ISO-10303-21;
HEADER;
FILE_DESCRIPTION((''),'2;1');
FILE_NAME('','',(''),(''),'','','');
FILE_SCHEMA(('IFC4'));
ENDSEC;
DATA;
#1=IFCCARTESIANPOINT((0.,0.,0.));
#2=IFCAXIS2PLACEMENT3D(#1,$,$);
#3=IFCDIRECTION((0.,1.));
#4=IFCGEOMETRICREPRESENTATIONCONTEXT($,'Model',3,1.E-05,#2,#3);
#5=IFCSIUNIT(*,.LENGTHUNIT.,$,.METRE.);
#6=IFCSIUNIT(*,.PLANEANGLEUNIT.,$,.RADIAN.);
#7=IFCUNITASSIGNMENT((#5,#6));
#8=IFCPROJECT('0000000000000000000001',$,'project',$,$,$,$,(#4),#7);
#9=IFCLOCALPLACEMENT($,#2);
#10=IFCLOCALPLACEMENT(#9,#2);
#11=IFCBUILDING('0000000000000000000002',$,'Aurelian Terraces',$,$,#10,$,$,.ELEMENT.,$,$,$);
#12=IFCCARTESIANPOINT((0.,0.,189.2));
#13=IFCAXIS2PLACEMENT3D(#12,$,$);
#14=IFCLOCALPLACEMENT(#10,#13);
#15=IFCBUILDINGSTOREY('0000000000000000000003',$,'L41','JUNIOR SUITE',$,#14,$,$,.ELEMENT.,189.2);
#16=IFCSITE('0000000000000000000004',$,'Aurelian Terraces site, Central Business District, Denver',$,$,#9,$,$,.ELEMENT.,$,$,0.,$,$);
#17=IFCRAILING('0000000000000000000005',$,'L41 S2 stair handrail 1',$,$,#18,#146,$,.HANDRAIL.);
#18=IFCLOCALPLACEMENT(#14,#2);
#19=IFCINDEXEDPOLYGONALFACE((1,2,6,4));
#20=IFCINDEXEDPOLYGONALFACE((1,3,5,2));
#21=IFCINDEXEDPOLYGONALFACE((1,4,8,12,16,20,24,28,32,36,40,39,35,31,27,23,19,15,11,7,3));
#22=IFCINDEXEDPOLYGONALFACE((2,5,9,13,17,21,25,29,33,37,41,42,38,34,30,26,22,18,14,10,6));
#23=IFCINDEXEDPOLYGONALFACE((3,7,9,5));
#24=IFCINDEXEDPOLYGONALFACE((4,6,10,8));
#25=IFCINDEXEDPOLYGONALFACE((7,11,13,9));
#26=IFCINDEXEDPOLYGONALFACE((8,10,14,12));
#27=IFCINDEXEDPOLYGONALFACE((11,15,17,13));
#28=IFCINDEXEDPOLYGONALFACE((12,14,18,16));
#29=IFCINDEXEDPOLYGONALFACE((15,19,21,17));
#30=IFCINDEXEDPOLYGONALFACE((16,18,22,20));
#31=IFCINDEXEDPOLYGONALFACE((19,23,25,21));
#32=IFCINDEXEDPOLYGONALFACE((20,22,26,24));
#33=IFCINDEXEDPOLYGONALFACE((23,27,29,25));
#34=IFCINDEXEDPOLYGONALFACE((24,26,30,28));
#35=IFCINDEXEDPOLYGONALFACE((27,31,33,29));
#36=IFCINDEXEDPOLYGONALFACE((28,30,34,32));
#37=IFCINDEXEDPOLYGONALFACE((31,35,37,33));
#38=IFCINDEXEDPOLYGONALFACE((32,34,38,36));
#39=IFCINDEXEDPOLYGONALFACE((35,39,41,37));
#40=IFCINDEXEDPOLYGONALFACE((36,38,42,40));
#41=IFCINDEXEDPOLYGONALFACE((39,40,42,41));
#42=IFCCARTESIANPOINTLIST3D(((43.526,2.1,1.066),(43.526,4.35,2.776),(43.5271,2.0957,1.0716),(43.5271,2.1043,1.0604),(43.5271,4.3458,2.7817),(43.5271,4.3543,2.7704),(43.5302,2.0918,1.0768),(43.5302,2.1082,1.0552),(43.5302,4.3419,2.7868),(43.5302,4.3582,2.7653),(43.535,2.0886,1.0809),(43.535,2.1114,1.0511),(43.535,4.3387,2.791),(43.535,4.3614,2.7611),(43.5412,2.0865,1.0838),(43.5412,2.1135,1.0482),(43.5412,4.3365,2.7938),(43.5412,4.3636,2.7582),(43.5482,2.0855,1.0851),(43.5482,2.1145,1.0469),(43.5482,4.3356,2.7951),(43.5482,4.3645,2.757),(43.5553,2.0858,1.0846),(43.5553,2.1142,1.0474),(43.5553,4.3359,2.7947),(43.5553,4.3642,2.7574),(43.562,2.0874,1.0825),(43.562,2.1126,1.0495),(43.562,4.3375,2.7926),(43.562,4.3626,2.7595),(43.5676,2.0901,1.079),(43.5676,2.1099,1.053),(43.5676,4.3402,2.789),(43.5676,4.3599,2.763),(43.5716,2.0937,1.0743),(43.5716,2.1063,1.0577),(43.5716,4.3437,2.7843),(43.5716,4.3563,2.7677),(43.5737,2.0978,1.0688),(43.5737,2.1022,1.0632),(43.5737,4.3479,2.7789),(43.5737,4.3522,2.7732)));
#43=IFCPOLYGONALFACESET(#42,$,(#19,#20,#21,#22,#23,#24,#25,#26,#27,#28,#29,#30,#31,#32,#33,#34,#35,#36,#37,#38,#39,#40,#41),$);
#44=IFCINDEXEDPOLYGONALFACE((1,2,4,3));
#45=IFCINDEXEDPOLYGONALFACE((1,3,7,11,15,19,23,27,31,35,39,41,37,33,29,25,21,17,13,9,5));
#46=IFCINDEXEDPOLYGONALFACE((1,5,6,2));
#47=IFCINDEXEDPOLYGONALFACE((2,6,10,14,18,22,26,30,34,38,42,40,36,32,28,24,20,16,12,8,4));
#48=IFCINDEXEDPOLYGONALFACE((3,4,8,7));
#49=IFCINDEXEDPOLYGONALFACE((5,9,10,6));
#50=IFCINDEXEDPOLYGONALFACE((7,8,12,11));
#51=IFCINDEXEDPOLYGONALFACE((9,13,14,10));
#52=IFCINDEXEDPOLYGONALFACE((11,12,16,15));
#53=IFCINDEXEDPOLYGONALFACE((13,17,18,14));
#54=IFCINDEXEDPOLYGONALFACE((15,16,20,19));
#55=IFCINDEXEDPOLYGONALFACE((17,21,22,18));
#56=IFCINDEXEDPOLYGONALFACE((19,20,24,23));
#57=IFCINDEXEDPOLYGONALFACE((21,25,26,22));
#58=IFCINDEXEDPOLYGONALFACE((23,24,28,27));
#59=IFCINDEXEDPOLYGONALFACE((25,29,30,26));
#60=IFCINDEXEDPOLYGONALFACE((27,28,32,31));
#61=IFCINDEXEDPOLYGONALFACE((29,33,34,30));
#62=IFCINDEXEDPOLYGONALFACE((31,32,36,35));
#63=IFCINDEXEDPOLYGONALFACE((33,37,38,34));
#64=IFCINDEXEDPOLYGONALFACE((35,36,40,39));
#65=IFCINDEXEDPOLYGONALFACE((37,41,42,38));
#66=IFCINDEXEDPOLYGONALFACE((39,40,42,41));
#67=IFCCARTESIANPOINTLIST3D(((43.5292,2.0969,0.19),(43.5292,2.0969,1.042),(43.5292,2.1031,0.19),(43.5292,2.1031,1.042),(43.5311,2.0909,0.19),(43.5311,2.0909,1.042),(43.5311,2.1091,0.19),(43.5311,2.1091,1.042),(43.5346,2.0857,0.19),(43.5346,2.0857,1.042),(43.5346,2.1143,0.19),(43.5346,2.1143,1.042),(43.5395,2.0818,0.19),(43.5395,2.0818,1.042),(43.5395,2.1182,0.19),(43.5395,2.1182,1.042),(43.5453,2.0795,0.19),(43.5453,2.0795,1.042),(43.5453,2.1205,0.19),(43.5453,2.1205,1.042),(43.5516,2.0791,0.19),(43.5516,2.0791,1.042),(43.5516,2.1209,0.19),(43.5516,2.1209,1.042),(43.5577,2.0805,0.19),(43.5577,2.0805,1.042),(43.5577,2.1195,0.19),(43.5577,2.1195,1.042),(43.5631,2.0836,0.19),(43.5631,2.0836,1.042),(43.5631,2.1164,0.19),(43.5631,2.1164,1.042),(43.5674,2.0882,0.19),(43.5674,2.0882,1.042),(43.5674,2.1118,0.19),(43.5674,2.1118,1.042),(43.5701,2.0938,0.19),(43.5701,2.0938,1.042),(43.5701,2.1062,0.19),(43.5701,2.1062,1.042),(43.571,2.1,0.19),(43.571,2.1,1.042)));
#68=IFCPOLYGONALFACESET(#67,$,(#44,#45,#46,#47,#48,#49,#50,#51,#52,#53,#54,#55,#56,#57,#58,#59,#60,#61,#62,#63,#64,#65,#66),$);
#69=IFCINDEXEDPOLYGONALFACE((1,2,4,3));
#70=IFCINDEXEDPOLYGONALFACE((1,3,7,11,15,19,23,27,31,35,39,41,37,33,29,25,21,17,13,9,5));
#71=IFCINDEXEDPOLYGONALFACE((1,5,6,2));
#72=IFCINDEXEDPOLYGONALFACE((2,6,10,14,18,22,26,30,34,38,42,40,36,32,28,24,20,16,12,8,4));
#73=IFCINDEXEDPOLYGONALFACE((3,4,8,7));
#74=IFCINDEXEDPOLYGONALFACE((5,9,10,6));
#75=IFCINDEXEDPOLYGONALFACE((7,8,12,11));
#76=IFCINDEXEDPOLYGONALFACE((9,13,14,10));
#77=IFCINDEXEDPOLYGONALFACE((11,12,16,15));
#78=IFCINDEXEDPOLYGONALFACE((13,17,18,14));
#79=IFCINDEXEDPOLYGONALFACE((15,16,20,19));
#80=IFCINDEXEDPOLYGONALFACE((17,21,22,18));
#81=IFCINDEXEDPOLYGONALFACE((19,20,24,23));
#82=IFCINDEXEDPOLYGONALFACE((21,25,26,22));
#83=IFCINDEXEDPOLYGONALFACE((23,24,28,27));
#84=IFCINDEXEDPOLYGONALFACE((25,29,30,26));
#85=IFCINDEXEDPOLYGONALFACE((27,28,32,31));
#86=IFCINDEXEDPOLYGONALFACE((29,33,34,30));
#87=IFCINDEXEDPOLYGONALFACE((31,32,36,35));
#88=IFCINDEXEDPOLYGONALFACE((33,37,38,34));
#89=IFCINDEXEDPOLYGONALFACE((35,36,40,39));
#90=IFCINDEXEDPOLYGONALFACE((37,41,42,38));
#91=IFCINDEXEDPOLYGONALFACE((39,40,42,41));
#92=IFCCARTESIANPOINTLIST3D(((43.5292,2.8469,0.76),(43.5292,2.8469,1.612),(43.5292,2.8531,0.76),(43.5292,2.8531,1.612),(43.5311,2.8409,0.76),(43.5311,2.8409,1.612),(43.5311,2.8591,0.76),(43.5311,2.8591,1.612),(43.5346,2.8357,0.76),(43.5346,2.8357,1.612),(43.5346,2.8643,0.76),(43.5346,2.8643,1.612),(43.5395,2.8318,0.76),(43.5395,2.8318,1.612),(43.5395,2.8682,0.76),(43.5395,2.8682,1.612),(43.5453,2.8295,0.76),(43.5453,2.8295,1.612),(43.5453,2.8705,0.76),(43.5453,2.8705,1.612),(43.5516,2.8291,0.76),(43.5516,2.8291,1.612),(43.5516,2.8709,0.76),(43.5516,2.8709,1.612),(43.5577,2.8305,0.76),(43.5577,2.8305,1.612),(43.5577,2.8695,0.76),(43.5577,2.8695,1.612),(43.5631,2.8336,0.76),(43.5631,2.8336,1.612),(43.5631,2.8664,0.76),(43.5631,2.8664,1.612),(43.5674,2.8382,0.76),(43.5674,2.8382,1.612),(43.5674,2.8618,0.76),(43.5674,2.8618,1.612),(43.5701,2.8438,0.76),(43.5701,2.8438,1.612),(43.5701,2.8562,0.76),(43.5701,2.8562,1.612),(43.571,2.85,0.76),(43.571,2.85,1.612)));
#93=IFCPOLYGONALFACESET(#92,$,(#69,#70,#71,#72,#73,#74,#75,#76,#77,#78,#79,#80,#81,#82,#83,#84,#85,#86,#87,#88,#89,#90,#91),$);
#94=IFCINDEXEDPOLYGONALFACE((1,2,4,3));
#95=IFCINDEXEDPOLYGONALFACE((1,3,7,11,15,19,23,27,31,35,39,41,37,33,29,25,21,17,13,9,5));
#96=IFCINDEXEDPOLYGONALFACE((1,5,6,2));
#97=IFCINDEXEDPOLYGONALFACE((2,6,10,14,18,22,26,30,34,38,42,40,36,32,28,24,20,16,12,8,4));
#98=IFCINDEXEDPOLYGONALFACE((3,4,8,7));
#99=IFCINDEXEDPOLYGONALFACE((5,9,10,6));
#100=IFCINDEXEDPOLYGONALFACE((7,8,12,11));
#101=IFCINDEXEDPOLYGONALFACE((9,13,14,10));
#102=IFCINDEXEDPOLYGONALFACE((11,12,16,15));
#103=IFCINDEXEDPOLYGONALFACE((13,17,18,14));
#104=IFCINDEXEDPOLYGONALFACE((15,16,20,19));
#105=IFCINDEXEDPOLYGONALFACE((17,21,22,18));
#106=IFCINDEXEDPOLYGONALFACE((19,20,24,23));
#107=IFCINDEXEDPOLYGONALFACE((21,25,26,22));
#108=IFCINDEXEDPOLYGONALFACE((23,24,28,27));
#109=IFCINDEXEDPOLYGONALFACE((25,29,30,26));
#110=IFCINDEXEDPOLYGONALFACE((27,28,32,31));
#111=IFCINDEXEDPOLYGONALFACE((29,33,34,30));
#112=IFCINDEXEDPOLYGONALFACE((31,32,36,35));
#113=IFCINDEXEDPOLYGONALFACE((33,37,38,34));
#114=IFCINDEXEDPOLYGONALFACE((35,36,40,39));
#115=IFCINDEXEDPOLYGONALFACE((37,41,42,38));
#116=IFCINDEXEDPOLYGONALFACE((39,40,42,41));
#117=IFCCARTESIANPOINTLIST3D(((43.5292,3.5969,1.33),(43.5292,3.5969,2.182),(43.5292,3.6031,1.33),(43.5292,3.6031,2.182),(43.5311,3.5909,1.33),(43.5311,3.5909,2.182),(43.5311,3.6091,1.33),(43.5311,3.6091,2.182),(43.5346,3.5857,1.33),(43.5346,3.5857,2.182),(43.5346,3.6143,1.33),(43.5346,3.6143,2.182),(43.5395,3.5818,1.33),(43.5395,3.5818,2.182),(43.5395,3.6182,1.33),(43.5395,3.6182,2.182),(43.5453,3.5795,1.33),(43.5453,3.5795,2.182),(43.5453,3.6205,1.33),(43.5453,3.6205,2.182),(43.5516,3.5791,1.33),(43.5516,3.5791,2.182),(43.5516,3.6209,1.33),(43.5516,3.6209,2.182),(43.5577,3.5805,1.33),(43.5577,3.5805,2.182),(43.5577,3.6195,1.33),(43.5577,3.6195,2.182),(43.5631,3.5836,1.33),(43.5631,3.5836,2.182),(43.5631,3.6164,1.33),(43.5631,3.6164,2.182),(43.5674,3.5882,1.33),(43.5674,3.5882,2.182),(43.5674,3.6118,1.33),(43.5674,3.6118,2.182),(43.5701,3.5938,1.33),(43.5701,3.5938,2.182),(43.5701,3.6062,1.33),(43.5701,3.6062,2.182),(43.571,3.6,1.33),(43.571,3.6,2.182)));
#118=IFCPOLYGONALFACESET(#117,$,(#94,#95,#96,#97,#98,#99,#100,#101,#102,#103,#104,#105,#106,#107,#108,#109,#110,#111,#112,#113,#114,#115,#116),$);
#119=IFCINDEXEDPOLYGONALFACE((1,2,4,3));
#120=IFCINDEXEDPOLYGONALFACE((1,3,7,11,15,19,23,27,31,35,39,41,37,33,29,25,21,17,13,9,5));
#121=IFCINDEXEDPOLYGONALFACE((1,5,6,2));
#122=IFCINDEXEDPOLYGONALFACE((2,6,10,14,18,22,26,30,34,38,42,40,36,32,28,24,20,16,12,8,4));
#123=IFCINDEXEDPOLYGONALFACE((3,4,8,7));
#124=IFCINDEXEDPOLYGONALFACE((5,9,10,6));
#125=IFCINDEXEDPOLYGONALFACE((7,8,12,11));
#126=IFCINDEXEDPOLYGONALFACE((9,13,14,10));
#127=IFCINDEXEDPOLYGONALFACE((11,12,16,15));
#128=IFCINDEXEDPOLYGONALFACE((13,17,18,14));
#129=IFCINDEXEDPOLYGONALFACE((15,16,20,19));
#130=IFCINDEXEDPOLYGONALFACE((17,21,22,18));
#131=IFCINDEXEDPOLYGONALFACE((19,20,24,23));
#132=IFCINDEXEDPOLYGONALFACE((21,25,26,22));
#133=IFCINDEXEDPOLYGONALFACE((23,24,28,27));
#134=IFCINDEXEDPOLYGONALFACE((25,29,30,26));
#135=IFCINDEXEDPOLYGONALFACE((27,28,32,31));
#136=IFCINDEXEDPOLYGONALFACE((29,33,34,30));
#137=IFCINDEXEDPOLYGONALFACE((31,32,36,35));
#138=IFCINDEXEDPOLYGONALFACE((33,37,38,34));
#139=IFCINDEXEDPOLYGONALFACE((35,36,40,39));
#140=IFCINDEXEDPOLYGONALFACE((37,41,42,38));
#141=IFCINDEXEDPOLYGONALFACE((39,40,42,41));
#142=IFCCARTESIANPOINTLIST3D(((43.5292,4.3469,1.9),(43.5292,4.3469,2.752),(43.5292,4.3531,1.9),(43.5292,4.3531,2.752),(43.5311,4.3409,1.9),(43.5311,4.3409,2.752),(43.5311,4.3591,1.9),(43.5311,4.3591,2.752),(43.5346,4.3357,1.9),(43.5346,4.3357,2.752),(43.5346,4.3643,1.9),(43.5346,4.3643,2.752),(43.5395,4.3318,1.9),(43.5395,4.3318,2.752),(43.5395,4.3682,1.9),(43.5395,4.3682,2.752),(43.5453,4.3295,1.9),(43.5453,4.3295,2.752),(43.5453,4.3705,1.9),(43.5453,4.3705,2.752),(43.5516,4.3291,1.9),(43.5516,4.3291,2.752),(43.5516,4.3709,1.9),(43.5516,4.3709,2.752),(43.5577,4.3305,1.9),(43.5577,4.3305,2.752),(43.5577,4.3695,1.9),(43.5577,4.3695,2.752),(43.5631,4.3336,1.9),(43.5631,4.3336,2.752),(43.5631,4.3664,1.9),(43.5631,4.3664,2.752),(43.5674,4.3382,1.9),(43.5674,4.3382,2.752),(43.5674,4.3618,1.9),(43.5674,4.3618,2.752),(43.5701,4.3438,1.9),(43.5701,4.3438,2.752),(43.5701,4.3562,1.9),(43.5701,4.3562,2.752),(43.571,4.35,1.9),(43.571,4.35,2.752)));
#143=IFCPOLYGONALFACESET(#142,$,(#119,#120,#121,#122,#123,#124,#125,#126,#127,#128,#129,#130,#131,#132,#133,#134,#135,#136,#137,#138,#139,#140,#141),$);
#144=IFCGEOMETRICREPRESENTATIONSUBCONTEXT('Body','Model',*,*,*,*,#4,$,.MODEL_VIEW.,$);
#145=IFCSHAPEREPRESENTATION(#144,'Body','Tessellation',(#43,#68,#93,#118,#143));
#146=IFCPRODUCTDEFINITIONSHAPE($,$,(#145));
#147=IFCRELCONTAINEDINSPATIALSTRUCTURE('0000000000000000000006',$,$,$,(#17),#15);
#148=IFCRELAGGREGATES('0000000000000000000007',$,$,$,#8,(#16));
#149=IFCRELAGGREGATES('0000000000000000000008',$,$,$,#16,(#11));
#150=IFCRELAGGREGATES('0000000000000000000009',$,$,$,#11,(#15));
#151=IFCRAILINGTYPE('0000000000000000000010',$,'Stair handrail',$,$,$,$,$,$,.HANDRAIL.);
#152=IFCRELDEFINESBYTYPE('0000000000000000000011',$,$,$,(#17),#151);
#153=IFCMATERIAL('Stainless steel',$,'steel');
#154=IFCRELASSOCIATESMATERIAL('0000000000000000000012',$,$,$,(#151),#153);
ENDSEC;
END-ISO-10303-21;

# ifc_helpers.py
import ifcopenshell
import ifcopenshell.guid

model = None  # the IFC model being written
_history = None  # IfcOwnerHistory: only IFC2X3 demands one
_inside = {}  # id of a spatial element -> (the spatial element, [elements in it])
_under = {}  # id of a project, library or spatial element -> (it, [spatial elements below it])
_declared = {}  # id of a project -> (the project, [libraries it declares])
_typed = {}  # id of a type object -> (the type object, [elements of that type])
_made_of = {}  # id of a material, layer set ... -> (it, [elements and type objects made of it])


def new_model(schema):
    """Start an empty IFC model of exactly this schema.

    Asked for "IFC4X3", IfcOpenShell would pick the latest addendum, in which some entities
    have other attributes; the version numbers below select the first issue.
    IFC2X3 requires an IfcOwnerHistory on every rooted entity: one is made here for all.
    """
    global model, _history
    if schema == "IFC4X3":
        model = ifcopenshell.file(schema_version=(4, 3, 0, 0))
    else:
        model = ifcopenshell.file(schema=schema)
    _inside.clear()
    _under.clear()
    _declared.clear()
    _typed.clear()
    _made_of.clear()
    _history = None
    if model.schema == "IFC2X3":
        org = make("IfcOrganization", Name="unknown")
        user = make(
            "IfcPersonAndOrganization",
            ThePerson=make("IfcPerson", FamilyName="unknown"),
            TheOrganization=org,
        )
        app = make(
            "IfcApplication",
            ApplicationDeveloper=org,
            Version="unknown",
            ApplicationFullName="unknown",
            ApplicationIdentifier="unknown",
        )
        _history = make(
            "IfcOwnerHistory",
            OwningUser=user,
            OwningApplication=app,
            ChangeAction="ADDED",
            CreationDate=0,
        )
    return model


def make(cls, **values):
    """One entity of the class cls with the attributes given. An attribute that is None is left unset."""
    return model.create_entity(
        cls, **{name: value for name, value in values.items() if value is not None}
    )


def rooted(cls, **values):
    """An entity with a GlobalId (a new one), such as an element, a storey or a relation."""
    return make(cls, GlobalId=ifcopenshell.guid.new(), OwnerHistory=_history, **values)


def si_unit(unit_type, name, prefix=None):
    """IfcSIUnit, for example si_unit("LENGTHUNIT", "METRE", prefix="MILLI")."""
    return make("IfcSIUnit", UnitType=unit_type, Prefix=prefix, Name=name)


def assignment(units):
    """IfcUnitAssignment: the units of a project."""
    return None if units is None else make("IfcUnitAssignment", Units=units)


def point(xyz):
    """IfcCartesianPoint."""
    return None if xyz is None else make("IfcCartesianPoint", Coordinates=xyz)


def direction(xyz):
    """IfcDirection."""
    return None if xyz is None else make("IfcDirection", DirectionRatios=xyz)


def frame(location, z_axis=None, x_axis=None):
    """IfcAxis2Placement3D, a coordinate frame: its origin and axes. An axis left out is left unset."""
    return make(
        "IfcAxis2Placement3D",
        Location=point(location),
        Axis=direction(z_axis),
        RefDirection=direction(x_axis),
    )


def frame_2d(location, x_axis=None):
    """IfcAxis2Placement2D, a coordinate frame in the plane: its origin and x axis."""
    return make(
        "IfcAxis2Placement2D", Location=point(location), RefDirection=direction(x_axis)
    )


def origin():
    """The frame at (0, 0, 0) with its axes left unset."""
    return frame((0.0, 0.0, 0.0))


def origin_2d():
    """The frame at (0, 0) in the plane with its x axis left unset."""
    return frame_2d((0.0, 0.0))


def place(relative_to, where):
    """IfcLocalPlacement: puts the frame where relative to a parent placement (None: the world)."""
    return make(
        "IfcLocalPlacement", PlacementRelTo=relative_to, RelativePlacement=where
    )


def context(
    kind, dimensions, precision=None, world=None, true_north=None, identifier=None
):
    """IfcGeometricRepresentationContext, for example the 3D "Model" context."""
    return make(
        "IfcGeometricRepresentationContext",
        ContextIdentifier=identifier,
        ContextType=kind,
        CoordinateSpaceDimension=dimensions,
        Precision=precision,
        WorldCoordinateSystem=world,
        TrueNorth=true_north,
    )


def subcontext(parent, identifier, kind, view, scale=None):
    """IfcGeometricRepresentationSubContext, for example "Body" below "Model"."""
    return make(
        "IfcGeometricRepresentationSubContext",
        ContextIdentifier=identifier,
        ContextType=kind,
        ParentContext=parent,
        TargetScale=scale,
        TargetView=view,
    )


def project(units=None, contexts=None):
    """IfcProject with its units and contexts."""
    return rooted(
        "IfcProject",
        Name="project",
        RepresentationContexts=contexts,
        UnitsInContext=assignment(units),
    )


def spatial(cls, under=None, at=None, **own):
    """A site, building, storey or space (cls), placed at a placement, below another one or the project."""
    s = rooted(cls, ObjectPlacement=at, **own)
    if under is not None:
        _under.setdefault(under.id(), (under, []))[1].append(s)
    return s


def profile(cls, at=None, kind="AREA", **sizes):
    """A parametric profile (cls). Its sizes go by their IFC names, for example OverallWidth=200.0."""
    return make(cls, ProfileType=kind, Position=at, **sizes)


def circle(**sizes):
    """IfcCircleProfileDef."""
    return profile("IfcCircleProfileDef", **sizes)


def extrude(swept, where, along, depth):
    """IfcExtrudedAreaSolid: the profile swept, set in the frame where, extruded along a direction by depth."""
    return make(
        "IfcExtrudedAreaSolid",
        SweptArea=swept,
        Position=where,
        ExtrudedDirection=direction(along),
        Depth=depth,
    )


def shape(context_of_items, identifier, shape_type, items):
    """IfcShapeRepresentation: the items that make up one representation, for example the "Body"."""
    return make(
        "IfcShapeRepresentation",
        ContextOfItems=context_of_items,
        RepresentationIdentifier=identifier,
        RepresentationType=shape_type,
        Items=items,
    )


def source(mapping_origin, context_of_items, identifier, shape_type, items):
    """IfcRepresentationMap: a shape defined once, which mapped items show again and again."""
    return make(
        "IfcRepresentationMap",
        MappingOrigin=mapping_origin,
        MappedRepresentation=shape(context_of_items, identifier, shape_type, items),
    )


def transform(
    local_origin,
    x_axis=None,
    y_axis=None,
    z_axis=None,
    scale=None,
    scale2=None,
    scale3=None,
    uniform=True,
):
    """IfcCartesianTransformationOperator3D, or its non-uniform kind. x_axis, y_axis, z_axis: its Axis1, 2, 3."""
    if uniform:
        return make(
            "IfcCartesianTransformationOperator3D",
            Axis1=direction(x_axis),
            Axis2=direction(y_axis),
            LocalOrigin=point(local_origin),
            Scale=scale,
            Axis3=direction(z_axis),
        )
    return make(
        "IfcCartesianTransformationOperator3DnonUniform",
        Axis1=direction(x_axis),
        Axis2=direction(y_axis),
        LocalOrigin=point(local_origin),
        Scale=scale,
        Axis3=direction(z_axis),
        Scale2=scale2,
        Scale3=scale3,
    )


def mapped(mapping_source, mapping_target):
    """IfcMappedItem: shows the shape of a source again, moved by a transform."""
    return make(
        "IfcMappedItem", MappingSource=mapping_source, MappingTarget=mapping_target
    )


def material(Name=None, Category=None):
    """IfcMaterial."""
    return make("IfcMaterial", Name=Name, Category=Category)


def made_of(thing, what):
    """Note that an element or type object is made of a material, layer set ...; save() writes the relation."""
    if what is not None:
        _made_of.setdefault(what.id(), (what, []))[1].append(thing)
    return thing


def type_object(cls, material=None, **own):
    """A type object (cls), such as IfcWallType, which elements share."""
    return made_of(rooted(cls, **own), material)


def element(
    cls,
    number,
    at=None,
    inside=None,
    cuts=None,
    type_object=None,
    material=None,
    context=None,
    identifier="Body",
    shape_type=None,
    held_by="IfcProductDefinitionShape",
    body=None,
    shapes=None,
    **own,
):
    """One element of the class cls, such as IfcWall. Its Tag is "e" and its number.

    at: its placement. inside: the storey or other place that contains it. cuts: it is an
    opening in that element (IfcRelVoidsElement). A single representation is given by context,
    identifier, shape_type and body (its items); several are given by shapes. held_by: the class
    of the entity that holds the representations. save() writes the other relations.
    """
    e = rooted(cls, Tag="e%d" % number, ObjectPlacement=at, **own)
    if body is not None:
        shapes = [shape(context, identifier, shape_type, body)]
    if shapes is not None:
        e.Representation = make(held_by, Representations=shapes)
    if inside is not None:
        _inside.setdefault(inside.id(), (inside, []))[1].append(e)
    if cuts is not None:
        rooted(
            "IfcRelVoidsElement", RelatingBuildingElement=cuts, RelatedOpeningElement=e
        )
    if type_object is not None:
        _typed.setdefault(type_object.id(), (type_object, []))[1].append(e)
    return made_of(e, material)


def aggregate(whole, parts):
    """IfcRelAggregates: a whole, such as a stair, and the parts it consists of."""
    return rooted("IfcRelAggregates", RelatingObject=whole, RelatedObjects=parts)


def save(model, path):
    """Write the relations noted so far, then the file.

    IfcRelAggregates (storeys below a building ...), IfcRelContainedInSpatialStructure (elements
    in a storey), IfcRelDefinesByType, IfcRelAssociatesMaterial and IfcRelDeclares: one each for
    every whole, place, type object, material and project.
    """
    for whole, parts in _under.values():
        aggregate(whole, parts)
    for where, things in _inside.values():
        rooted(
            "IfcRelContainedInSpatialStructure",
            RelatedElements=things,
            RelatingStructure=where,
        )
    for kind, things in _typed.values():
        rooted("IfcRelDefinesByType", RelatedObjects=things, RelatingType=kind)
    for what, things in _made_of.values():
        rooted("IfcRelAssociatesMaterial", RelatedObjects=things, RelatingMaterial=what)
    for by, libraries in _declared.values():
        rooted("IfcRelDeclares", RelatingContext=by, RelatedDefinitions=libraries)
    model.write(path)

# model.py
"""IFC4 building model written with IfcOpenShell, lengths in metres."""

from ifc_helpers import new_model, si_unit, direction, frame, origin, origin_2d, place, context, subcontext, project, spatial, circle, extrude, source, transform, mapped, material, type_object, element, save


model = new_model("IFC4")

# Units and contexts
model_context = context("Model", 3, precision=1e-05, world=origin(), true_north=direction((0.0, 1.0)))
body_context = subcontext(model_context, "Body", "Model", "MODEL_VIEW")
ifc_project = project(units=[si_unit("LENGTHUNIT", "METRE"), si_unit("PLANEANGLEUNIT", "RADIAN")], contexts=[model_context])

# Site, building, storey
site_placement = place(None, origin())
site = spatial("IfcSite", under=ifc_project, at=site_placement, Name="Aurelian Terraces site, Central Business District, Denver", CompositionType="ELEMENT", RefElevation=0.0)
building_placement = place(site_placement, origin())
building = spatial("IfcBuilding", under=site, at=building_placement, Name="Aurelian Terraces", CompositionType="ELEMENT")
storey_placement = place(building_placement, frame((0.0, 0.0, 189.2)))
storey = spatial("IfcBuildingStorey", under=building, at=storey_placement, Name="L41", Description="JUNIOR SUITE", CompositionType="ELEMENT", Elevation=189.2)

# Railing
ifc_material_1 = material(Name="Stainless steel", Category="steel")
railing_type_1 = type_object("IfcRailingType", Name="Stair handrail", PredefinedType="HANDRAIL", material=ifc_material_1)
shared_shape_1 = source(origin(), body_context, "Body", "SweptSolid", [
    extrude(circle(Radius=0.024, at=origin_2d()), frame((0.0, 0.0, 0.876), z_axis=(0.0, 0.796162, 0.605083), x_axis=(-1.0, 0.0, 0.0)), (0.0, 0.0, 1.0), 2.8261),
    extrude(circle(Radius=0.021, at=origin_2d()), origin(), (0.0, 0.0, 1.0), 0.852),
    extrude(circle(Radius=0.021, at=origin_2d()), frame((0.0, 0.75, 0.57)), (0.0, 0.0, 1.0), 0.852),
    extrude(circle(Radius=0.021, at=origin_2d()), frame((0.0, 1.5, 1.14)), (0.0, 0.0, 1.0), 0.852),
    extrude(circle(Radius=0.021, at=origin_2d()), frame((0.0, 2.25, 1.71)), (0.0, 0.0, 1.0), 0.852),
])
railing_1_placement = place(storey_placement, frame((43.55, 2.1, 0.19)))
element("IfcRailing", 1, at=railing_1_placement, inside=storey, type_object=railing_type_1, Name="L41 S2 stair handrail 1", PredefinedType="HANDRAIL", context=body_context, shape_type="MappedRepresentation", body=[
    mapped(shared_shape_1, transform((0.0, 0.0, 0.0), scale=1.0)),
])

save(model, "model.ifc")
